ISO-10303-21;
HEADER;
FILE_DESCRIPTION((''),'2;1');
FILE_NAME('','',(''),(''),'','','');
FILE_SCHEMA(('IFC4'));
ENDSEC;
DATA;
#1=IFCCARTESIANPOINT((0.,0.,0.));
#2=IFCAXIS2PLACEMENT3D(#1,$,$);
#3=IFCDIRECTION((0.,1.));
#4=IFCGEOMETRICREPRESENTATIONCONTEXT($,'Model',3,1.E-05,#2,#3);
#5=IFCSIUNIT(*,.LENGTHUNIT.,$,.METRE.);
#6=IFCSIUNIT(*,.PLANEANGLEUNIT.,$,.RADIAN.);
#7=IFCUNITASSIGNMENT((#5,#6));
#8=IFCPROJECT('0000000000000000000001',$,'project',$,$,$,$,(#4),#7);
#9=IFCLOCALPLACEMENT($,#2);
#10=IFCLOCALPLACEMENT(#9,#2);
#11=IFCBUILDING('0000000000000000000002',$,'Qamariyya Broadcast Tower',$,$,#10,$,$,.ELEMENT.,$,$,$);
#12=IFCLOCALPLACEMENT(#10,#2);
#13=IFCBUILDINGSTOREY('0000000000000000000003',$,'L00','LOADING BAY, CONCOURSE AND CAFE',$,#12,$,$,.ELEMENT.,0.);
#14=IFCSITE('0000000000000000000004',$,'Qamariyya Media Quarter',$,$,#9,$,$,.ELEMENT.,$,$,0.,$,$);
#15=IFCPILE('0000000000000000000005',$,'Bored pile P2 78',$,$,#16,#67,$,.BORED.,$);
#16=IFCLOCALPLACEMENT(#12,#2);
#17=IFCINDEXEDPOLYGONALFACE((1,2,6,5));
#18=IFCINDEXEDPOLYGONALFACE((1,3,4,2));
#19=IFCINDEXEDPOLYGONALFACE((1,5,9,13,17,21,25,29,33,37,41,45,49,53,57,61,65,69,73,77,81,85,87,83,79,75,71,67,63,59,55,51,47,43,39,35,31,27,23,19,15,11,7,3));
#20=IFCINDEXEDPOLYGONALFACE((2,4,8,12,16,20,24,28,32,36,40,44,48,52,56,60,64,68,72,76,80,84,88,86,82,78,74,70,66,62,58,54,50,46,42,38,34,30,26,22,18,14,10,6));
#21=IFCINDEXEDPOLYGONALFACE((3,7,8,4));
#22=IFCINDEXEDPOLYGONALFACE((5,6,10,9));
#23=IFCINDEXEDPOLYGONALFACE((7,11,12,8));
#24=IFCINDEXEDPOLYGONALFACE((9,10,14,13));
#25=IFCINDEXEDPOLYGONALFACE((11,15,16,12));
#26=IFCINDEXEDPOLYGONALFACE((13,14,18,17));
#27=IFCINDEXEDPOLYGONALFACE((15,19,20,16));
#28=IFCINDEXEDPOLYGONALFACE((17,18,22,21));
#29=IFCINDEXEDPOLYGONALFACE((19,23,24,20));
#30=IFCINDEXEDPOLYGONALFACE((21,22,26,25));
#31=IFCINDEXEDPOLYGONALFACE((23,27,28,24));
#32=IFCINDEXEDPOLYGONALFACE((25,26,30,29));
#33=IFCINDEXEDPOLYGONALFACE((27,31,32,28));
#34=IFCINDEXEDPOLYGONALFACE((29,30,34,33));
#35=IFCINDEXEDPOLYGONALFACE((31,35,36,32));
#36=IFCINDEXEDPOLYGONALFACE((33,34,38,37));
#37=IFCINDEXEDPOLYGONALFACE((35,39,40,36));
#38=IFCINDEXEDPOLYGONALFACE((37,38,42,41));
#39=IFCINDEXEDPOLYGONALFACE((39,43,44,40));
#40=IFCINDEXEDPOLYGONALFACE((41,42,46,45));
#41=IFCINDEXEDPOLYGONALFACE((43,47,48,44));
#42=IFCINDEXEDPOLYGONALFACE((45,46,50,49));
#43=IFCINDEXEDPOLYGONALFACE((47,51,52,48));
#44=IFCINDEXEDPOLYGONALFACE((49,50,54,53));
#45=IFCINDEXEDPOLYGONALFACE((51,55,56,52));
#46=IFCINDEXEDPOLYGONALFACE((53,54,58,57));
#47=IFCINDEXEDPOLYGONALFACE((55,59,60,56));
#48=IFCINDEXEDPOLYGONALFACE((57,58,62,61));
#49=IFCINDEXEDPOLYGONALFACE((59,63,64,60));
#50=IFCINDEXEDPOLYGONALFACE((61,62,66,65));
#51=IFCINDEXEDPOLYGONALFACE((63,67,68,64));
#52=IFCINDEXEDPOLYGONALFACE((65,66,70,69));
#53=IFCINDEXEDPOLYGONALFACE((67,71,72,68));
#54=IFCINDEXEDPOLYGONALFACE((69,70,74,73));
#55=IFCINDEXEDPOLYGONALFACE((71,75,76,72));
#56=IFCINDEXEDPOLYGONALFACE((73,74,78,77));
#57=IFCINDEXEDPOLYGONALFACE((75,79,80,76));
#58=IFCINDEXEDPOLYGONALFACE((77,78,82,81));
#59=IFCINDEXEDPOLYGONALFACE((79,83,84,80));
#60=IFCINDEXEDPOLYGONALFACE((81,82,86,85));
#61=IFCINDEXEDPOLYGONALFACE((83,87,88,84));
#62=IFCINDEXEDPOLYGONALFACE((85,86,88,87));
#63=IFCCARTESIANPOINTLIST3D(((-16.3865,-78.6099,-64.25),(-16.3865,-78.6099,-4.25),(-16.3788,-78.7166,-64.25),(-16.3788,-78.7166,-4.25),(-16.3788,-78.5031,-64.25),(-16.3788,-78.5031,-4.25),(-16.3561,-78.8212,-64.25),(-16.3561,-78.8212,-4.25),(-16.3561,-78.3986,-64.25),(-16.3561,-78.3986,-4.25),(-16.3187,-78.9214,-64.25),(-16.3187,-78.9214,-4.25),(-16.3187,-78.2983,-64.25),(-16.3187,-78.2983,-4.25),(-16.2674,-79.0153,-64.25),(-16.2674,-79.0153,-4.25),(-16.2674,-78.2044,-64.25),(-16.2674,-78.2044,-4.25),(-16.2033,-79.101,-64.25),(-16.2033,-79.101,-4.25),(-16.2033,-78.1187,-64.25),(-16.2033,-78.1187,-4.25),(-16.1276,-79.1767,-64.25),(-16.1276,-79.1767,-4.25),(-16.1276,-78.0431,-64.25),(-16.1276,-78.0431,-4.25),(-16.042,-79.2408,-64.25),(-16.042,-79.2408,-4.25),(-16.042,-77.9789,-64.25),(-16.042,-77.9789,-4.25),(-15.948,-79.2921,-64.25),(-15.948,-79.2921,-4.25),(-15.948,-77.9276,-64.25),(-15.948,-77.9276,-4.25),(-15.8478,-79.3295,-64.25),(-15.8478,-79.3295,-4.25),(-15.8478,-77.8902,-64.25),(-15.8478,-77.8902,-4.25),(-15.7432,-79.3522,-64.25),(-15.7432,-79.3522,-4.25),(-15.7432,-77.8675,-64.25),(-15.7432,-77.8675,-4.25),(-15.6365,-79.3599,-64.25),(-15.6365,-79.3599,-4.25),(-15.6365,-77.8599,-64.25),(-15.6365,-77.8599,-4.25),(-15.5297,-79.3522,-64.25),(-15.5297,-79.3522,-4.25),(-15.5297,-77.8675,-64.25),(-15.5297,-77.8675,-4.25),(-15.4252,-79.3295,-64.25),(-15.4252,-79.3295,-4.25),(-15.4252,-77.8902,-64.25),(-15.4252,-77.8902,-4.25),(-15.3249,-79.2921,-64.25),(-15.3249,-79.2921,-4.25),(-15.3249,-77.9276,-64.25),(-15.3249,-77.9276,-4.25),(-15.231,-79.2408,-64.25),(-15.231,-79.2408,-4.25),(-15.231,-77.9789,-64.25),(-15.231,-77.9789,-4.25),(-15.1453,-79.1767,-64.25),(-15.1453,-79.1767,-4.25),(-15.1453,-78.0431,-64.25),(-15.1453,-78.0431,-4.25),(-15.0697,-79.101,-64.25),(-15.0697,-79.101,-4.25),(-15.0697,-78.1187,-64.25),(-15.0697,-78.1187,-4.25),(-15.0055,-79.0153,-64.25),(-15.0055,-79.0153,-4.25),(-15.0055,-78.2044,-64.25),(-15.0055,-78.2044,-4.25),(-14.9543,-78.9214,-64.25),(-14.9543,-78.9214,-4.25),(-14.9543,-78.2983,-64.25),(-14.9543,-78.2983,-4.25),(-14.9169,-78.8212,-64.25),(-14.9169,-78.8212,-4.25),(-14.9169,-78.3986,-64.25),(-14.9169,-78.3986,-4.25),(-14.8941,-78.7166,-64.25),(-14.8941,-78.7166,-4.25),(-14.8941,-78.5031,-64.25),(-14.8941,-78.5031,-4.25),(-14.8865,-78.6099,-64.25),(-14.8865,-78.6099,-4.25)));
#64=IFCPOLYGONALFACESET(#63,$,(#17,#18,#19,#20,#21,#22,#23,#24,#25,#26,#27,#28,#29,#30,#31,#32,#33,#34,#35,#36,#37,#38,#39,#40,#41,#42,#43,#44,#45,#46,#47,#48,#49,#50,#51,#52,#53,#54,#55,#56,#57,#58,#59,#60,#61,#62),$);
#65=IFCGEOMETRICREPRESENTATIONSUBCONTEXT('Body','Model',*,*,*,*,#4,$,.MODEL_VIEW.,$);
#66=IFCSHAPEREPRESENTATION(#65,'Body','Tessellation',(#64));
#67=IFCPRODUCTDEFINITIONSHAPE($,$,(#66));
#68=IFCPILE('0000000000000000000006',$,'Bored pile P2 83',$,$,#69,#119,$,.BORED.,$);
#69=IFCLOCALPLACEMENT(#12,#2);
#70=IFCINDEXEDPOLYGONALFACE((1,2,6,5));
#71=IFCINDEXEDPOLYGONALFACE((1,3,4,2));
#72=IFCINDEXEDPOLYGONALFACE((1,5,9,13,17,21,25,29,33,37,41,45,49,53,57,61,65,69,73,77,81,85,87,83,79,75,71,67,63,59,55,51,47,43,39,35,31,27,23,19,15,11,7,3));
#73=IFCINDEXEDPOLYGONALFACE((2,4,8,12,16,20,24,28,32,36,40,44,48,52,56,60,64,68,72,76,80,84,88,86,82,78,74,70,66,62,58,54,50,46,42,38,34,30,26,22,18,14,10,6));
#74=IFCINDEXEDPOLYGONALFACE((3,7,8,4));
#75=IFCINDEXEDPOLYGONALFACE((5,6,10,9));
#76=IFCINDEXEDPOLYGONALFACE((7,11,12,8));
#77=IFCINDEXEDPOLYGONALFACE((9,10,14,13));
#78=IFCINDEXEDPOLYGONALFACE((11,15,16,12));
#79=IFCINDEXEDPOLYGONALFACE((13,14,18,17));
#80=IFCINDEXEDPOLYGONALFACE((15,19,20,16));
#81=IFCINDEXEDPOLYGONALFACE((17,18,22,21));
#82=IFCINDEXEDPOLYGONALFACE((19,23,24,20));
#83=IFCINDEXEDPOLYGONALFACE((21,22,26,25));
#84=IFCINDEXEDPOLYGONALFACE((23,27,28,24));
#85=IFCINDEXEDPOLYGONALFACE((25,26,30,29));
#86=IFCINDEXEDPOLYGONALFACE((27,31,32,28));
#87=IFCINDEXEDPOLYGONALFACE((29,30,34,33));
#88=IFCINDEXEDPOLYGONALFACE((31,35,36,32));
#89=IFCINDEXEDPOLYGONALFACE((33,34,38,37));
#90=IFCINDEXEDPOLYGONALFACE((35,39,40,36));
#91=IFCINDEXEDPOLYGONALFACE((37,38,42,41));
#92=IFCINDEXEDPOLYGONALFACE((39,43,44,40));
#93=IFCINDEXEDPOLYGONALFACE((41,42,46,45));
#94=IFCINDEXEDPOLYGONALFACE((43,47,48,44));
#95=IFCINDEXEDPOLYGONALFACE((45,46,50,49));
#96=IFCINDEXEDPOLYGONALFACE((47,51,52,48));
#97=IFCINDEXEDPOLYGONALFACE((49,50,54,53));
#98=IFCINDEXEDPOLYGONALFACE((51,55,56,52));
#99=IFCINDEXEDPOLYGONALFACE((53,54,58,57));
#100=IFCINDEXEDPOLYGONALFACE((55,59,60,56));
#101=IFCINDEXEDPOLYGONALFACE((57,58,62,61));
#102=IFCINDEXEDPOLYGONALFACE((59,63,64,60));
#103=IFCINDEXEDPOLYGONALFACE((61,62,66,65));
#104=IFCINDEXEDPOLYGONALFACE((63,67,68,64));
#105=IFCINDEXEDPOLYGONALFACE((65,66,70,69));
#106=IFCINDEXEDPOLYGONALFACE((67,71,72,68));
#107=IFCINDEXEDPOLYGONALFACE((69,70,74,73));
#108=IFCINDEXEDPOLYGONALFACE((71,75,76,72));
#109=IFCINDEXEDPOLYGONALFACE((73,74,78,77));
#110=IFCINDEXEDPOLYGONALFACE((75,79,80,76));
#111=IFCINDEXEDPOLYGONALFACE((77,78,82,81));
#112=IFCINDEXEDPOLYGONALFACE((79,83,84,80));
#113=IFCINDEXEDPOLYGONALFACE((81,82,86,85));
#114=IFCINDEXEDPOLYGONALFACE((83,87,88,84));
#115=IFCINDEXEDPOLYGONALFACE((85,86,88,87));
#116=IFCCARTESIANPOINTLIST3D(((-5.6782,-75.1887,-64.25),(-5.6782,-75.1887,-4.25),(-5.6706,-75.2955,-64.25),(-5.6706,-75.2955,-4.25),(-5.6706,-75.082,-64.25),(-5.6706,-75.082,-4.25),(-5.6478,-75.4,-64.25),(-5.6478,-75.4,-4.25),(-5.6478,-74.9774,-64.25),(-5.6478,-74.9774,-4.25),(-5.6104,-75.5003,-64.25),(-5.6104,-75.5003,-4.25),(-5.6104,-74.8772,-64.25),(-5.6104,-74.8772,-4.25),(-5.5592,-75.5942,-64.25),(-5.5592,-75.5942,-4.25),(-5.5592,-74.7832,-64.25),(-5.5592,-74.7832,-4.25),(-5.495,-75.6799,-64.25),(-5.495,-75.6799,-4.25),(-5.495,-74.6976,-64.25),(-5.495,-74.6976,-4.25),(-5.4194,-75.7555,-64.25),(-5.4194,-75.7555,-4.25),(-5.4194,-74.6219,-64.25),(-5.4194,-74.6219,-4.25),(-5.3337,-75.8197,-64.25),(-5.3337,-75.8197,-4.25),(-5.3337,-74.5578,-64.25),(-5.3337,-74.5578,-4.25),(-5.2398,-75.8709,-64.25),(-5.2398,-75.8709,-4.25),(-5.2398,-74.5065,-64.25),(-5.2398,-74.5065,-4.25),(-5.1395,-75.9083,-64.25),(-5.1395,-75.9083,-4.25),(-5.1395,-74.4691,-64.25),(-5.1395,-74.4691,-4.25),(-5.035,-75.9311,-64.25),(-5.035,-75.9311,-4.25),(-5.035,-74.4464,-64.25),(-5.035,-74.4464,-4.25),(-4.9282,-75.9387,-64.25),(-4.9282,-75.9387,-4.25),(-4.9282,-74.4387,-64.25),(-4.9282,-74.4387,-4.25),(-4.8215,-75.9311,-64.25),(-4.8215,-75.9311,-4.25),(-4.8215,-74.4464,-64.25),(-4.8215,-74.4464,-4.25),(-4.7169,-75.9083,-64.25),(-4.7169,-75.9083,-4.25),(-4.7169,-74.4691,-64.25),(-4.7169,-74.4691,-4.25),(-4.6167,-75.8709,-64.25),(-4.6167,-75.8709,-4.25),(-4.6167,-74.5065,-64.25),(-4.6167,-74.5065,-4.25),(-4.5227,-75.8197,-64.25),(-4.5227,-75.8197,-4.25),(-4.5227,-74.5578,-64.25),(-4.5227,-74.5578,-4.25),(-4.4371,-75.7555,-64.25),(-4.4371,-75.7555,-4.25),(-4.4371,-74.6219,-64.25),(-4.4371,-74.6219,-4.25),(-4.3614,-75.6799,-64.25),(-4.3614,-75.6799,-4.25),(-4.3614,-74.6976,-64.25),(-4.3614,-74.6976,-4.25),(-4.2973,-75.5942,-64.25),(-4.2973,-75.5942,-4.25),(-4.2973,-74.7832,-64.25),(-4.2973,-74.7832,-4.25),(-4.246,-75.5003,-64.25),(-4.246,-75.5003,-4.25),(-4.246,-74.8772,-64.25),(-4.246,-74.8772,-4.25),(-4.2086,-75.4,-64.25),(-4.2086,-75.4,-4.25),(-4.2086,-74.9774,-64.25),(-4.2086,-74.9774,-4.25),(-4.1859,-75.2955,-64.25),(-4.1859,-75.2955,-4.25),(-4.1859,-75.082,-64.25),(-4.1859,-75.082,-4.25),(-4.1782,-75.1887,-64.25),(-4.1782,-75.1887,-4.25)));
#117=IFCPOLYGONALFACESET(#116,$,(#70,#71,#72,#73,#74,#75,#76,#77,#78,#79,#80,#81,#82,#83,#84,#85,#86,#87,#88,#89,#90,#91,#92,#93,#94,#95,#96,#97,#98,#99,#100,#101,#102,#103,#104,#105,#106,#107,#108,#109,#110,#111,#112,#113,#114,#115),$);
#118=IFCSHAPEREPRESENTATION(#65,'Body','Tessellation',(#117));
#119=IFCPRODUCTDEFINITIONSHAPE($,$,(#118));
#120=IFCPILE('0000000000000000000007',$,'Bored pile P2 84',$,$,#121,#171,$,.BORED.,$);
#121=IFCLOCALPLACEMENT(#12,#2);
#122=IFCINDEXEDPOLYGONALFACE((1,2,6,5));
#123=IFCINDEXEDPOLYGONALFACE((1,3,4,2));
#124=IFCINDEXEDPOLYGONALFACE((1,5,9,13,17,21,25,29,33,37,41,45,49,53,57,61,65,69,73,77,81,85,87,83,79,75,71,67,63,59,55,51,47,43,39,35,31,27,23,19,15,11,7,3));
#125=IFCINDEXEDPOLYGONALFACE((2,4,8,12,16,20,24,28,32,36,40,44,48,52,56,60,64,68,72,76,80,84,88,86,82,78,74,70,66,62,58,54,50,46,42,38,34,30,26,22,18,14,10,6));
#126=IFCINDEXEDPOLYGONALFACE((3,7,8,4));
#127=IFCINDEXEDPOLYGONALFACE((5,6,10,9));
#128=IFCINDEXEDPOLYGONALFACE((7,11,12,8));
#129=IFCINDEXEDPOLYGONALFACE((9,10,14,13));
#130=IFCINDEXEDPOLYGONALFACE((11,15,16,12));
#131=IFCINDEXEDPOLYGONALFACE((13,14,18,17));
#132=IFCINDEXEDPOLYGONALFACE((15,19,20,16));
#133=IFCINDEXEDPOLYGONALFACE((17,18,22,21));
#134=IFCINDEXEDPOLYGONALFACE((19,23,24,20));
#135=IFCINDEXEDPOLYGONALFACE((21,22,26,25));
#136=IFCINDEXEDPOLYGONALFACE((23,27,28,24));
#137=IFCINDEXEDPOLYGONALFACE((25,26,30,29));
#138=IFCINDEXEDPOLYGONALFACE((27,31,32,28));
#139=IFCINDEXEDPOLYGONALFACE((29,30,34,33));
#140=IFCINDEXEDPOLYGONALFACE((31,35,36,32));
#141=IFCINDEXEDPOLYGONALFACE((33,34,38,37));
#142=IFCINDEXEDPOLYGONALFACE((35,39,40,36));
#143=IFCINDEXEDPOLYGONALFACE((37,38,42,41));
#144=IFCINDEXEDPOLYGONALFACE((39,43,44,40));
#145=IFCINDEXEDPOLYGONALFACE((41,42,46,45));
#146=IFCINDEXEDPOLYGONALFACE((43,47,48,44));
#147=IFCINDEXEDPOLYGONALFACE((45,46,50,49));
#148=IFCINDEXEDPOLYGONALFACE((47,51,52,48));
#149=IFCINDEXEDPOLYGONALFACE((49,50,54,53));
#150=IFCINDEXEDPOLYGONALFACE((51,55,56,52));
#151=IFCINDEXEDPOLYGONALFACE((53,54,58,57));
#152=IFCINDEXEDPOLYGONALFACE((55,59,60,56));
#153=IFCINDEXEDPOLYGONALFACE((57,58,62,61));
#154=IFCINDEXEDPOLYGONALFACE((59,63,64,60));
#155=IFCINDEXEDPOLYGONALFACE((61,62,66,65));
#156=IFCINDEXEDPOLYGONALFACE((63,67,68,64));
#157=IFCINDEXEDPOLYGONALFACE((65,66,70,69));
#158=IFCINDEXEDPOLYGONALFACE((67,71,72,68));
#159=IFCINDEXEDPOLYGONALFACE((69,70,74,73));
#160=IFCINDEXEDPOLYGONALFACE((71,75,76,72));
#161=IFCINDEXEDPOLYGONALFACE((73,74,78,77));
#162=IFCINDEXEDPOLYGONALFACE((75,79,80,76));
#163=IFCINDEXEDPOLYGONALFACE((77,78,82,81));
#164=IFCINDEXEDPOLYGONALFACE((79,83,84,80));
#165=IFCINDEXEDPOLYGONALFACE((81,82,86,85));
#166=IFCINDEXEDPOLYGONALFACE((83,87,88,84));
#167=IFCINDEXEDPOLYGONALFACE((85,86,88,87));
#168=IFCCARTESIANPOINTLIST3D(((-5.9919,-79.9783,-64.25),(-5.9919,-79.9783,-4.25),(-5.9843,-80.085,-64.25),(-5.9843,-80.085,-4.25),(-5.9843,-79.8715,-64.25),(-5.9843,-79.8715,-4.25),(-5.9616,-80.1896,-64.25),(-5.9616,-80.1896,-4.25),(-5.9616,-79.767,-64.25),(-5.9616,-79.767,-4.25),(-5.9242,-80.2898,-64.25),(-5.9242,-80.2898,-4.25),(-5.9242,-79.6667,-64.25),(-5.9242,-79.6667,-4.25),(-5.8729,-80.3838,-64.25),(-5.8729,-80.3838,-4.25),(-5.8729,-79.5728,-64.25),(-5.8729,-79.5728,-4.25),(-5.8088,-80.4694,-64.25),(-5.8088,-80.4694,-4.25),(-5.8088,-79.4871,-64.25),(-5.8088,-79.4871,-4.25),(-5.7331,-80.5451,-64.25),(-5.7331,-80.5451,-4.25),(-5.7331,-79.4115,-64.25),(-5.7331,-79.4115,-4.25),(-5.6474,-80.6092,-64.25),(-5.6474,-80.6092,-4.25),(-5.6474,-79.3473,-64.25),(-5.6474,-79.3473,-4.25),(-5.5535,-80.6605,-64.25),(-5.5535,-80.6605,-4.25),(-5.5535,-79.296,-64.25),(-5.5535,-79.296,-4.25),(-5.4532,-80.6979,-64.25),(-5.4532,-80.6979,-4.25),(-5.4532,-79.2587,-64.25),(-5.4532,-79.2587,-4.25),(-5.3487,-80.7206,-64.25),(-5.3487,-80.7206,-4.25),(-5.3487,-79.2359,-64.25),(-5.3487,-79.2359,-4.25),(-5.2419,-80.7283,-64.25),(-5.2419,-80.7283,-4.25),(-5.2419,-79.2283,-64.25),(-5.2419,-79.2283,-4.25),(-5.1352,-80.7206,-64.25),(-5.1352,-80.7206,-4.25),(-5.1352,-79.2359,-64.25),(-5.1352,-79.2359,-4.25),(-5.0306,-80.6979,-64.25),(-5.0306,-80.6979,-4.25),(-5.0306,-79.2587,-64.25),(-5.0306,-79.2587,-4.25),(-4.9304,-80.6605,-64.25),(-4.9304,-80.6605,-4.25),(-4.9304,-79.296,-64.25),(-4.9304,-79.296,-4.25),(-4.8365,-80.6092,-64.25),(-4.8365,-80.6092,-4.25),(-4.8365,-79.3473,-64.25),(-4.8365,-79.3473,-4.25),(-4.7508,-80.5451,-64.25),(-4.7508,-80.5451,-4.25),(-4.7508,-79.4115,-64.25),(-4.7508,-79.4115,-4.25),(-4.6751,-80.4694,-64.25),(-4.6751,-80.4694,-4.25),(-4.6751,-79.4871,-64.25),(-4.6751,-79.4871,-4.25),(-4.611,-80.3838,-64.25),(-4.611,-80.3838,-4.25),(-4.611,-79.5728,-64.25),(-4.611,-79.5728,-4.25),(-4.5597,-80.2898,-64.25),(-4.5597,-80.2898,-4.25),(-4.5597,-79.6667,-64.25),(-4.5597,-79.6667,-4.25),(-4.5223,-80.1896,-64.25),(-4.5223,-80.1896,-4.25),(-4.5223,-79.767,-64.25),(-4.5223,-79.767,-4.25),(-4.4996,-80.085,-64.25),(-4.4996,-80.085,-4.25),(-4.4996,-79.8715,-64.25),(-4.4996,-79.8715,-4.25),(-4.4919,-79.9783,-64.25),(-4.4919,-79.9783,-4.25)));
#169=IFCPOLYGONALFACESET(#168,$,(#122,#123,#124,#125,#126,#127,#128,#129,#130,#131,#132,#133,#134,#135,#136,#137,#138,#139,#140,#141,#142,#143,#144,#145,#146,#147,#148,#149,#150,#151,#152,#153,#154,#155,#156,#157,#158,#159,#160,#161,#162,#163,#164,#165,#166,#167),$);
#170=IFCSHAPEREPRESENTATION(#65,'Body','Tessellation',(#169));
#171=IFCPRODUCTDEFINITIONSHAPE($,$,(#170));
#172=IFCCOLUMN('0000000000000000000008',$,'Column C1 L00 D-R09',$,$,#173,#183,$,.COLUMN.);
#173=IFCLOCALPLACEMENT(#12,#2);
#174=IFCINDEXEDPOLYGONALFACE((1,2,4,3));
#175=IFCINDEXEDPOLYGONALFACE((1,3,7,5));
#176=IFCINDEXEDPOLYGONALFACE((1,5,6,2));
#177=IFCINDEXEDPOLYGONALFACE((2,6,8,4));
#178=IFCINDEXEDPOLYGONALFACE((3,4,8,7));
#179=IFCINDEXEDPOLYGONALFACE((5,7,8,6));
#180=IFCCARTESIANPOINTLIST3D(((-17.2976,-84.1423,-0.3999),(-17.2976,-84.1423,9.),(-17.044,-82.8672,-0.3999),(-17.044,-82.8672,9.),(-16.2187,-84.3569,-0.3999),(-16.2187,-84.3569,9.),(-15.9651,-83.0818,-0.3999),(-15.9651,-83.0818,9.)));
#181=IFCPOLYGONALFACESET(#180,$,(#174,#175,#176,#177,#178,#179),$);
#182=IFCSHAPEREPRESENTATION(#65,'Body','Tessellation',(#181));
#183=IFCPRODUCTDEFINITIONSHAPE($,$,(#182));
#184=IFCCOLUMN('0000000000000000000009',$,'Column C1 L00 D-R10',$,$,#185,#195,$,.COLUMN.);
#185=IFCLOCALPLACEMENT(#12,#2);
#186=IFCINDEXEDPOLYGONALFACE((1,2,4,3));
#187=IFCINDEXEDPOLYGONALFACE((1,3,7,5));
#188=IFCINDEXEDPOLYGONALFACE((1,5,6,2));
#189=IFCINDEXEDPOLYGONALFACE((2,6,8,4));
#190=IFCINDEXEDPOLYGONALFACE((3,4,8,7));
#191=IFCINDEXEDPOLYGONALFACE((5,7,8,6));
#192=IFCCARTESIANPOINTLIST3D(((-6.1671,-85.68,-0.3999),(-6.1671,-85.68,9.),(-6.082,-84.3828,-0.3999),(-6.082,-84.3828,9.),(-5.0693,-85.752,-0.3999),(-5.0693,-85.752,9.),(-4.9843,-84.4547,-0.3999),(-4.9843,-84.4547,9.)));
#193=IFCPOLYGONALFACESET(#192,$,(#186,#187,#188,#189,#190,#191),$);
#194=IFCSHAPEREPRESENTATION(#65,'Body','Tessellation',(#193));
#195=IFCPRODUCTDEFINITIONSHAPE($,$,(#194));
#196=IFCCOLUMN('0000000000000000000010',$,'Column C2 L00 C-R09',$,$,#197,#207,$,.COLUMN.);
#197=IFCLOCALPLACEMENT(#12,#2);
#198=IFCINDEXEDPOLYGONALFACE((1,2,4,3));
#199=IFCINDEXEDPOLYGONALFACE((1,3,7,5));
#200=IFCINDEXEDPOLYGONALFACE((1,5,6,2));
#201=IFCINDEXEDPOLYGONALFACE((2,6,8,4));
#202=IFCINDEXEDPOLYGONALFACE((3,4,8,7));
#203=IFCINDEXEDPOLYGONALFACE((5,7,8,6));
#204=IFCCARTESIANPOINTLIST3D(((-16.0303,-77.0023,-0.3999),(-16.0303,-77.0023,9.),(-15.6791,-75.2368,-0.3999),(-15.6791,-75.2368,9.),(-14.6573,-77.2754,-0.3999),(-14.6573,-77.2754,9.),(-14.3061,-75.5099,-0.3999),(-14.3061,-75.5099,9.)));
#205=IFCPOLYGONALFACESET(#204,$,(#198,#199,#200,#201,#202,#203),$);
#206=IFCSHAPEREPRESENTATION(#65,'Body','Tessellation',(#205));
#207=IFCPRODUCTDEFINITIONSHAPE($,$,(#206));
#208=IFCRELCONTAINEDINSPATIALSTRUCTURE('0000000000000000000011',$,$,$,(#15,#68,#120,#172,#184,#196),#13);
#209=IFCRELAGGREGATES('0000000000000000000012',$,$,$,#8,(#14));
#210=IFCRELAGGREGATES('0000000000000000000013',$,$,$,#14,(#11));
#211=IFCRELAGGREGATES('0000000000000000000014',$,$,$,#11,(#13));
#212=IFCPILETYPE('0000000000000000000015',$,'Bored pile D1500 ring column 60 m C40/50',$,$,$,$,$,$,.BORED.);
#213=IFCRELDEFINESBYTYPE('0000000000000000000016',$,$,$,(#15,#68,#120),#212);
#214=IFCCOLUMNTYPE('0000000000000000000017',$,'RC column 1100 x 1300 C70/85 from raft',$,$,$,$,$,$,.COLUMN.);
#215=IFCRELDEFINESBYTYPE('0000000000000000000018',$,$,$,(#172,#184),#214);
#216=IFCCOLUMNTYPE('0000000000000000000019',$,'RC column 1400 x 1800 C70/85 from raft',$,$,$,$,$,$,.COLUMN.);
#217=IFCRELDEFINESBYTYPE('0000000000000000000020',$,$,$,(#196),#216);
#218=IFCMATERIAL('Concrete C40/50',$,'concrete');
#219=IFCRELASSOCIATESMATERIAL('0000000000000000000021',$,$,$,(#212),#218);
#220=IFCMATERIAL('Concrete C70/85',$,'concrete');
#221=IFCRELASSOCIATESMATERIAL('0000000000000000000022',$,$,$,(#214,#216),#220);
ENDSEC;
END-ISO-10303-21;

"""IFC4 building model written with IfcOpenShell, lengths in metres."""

from ifc_helpers import new_model, si_unit, direction, frame, origin, origin_2d, place, context, subcontext, project, spatial, rectangle, circle, extrude, material, material_profile, profile_set, type_object, element, save


model = new_model("IFC4")

# Units and contexts
model_context = context("Model", 3, precision=1e-05, world=origin(), true_north=direction((0.0, 1.0)))
body_context = subcontext(model_context, "Body", "Model", "MODEL_VIEW")
ifc_project = project(units=[si_unit("LENGTHUNIT", "METRE"), si_unit("PLANEANGLEUNIT", "RADIAN")], contexts=[model_context])

# Site, building, storey
site_placement = place(None, origin())
site = spatial("IfcSite", under=ifc_project, at=site_placement, Name="Qamariyya Media Quarter", CompositionType="ELEMENT", RefElevation=0.0)
building_placement = place(site_placement, origin())
building = spatial("IfcBuilding", under=site, at=building_placement, Name="Qamariyya Broadcast Tower", CompositionType="ELEMENT")
storey_placement = place(building_placement, origin())
storey = spatial("IfcBuildingStorey", under=building, at=storey_placement, Name="L00", Description="LOADING BAY, CONCOURSE AND CAFE", CompositionType="ELEMENT", Elevation=0.0)

# Piles
ifc_material_1 = material(Name="Concrete C40/50", Category="concrete")
ifc_material_profile_1 = material_profile(ifc_material_1, circle(Radius=0.75, at=origin_2d()))
ifc_profile_set_1 = profile_set([ifc_material_profile_1], Name="Concrete C40/50")
pile_type_1 = type_object("IfcPileType", Name="Bored pile D1500 ring column 60 m C40/50", PredefinedType="BORED", material=ifc_profile_set_1)
for number, where, z_axis, x_axis, name in (
    (1, (-15.6365, -78.6099, -4.25), (0.0, 0.0, -1.0), (1.0, 0.0, 0.0), "Bored pile P2 78"),
    (2, (-4.9282, -75.1887, -4.25), (0.0, 0.0, -1.0), (1.0, 0.0, 0.0), "Bored pile P2 83"),
    (3, (-5.2419, -79.9783, -4.25), (0.0, 0.0, -1.0), (1.0, 0.0, 0.0), "Bored pile P2 84"),
):
    element("IfcPile", number, at=place(storey_placement, frame(where, z_axis=z_axis, x_axis=x_axis)), inside=storey, type_object=pile_type_1, Name=name, PredefinedType="BORED", context=body_context, shape_type="SweptSolid", body=[
        extrude(circle(Radius=0.75, at=origin_2d()), origin(), (0.0, 0.0, 1.0), 60.0),
    ])

# Columns
ifc_material_2 = material(Name="Concrete C70/85", Category="concrete")
ifc_material_profile_2 = material_profile(ifc_material_2, rectangle(XDim=1.1001, YDim=1.3, at=origin_2d()))
ifc_profile_set_2 = profile_set([ifc_material_profile_2], Name="Concrete C70/85")
column_type_1 = type_object("IfcColumnType", Name="RC column 1100 x 1300 C70/85 from raft", PredefinedType="COLUMN", material=ifc_profile_set_2)
for number, where, z_axis, x_axis, name in (
    (4, (-16.6313, -83.6121, -0.3999), (0.0, 0.0, 1.0), (0.980785, -0.19509, 0.0), "Column C1 L00 D-R09"),
    (5, (-5.5757, -85.0674, -0.3999), (0.0, 0.0, 1.0), (0.997859, -0.065403, 0.0), "Column C1 L00 D-R10"),
):
    element("IfcColumn", number, at=place(storey_placement, frame(where, z_axis=z_axis, x_axis=x_axis)), inside=storey, type_object=column_type_1, Name=name, PredefinedType="COLUMN", context=body_context, shape_type="SweptSolid", body=[
        extrude(rectangle(XDim=1.1001, YDim=1.3, at=origin_2d()), origin(), (0.0, 0.0, 1.0), 9.3999),
    ])
ifc_material_profile_3 = material_profile(ifc_material_2, rectangle(XDim=1.3999, YDim=1.8, at=origin_2d()))
ifc_profile_set_3 = profile_set([ifc_material_profile_3], Name="Concrete C70/85")
column_type_2 = type_object("IfcColumnType", Name="RC column 1400 x 1800 C70/85 from raft", PredefinedType="COLUMN", material=ifc_profile_set_3)
for number, where, z_axis, x_axis, name in (
    (6, (-15.1682, -76.2561, -0.3999), (0.0, 0.0, 1.0), (0.980785, -0.19509, 0.0), "Column C2 L00 C-R09"),
):
    element("IfcColumn", number, at=place(storey_placement, frame(where, z_axis=z_axis, x_axis=x_axis)), inside=storey, type_object=column_type_2, Name=name, PredefinedType="COLUMN", context=body_context, shape_type="SweptSolid", body=[
        extrude(rectangle(XDim=1.3999, YDim=1.8, at=origin_2d()), origin(), (0.0, 0.0, 1.0), 9.3999),
    ])

save(model, "model.ifc")
